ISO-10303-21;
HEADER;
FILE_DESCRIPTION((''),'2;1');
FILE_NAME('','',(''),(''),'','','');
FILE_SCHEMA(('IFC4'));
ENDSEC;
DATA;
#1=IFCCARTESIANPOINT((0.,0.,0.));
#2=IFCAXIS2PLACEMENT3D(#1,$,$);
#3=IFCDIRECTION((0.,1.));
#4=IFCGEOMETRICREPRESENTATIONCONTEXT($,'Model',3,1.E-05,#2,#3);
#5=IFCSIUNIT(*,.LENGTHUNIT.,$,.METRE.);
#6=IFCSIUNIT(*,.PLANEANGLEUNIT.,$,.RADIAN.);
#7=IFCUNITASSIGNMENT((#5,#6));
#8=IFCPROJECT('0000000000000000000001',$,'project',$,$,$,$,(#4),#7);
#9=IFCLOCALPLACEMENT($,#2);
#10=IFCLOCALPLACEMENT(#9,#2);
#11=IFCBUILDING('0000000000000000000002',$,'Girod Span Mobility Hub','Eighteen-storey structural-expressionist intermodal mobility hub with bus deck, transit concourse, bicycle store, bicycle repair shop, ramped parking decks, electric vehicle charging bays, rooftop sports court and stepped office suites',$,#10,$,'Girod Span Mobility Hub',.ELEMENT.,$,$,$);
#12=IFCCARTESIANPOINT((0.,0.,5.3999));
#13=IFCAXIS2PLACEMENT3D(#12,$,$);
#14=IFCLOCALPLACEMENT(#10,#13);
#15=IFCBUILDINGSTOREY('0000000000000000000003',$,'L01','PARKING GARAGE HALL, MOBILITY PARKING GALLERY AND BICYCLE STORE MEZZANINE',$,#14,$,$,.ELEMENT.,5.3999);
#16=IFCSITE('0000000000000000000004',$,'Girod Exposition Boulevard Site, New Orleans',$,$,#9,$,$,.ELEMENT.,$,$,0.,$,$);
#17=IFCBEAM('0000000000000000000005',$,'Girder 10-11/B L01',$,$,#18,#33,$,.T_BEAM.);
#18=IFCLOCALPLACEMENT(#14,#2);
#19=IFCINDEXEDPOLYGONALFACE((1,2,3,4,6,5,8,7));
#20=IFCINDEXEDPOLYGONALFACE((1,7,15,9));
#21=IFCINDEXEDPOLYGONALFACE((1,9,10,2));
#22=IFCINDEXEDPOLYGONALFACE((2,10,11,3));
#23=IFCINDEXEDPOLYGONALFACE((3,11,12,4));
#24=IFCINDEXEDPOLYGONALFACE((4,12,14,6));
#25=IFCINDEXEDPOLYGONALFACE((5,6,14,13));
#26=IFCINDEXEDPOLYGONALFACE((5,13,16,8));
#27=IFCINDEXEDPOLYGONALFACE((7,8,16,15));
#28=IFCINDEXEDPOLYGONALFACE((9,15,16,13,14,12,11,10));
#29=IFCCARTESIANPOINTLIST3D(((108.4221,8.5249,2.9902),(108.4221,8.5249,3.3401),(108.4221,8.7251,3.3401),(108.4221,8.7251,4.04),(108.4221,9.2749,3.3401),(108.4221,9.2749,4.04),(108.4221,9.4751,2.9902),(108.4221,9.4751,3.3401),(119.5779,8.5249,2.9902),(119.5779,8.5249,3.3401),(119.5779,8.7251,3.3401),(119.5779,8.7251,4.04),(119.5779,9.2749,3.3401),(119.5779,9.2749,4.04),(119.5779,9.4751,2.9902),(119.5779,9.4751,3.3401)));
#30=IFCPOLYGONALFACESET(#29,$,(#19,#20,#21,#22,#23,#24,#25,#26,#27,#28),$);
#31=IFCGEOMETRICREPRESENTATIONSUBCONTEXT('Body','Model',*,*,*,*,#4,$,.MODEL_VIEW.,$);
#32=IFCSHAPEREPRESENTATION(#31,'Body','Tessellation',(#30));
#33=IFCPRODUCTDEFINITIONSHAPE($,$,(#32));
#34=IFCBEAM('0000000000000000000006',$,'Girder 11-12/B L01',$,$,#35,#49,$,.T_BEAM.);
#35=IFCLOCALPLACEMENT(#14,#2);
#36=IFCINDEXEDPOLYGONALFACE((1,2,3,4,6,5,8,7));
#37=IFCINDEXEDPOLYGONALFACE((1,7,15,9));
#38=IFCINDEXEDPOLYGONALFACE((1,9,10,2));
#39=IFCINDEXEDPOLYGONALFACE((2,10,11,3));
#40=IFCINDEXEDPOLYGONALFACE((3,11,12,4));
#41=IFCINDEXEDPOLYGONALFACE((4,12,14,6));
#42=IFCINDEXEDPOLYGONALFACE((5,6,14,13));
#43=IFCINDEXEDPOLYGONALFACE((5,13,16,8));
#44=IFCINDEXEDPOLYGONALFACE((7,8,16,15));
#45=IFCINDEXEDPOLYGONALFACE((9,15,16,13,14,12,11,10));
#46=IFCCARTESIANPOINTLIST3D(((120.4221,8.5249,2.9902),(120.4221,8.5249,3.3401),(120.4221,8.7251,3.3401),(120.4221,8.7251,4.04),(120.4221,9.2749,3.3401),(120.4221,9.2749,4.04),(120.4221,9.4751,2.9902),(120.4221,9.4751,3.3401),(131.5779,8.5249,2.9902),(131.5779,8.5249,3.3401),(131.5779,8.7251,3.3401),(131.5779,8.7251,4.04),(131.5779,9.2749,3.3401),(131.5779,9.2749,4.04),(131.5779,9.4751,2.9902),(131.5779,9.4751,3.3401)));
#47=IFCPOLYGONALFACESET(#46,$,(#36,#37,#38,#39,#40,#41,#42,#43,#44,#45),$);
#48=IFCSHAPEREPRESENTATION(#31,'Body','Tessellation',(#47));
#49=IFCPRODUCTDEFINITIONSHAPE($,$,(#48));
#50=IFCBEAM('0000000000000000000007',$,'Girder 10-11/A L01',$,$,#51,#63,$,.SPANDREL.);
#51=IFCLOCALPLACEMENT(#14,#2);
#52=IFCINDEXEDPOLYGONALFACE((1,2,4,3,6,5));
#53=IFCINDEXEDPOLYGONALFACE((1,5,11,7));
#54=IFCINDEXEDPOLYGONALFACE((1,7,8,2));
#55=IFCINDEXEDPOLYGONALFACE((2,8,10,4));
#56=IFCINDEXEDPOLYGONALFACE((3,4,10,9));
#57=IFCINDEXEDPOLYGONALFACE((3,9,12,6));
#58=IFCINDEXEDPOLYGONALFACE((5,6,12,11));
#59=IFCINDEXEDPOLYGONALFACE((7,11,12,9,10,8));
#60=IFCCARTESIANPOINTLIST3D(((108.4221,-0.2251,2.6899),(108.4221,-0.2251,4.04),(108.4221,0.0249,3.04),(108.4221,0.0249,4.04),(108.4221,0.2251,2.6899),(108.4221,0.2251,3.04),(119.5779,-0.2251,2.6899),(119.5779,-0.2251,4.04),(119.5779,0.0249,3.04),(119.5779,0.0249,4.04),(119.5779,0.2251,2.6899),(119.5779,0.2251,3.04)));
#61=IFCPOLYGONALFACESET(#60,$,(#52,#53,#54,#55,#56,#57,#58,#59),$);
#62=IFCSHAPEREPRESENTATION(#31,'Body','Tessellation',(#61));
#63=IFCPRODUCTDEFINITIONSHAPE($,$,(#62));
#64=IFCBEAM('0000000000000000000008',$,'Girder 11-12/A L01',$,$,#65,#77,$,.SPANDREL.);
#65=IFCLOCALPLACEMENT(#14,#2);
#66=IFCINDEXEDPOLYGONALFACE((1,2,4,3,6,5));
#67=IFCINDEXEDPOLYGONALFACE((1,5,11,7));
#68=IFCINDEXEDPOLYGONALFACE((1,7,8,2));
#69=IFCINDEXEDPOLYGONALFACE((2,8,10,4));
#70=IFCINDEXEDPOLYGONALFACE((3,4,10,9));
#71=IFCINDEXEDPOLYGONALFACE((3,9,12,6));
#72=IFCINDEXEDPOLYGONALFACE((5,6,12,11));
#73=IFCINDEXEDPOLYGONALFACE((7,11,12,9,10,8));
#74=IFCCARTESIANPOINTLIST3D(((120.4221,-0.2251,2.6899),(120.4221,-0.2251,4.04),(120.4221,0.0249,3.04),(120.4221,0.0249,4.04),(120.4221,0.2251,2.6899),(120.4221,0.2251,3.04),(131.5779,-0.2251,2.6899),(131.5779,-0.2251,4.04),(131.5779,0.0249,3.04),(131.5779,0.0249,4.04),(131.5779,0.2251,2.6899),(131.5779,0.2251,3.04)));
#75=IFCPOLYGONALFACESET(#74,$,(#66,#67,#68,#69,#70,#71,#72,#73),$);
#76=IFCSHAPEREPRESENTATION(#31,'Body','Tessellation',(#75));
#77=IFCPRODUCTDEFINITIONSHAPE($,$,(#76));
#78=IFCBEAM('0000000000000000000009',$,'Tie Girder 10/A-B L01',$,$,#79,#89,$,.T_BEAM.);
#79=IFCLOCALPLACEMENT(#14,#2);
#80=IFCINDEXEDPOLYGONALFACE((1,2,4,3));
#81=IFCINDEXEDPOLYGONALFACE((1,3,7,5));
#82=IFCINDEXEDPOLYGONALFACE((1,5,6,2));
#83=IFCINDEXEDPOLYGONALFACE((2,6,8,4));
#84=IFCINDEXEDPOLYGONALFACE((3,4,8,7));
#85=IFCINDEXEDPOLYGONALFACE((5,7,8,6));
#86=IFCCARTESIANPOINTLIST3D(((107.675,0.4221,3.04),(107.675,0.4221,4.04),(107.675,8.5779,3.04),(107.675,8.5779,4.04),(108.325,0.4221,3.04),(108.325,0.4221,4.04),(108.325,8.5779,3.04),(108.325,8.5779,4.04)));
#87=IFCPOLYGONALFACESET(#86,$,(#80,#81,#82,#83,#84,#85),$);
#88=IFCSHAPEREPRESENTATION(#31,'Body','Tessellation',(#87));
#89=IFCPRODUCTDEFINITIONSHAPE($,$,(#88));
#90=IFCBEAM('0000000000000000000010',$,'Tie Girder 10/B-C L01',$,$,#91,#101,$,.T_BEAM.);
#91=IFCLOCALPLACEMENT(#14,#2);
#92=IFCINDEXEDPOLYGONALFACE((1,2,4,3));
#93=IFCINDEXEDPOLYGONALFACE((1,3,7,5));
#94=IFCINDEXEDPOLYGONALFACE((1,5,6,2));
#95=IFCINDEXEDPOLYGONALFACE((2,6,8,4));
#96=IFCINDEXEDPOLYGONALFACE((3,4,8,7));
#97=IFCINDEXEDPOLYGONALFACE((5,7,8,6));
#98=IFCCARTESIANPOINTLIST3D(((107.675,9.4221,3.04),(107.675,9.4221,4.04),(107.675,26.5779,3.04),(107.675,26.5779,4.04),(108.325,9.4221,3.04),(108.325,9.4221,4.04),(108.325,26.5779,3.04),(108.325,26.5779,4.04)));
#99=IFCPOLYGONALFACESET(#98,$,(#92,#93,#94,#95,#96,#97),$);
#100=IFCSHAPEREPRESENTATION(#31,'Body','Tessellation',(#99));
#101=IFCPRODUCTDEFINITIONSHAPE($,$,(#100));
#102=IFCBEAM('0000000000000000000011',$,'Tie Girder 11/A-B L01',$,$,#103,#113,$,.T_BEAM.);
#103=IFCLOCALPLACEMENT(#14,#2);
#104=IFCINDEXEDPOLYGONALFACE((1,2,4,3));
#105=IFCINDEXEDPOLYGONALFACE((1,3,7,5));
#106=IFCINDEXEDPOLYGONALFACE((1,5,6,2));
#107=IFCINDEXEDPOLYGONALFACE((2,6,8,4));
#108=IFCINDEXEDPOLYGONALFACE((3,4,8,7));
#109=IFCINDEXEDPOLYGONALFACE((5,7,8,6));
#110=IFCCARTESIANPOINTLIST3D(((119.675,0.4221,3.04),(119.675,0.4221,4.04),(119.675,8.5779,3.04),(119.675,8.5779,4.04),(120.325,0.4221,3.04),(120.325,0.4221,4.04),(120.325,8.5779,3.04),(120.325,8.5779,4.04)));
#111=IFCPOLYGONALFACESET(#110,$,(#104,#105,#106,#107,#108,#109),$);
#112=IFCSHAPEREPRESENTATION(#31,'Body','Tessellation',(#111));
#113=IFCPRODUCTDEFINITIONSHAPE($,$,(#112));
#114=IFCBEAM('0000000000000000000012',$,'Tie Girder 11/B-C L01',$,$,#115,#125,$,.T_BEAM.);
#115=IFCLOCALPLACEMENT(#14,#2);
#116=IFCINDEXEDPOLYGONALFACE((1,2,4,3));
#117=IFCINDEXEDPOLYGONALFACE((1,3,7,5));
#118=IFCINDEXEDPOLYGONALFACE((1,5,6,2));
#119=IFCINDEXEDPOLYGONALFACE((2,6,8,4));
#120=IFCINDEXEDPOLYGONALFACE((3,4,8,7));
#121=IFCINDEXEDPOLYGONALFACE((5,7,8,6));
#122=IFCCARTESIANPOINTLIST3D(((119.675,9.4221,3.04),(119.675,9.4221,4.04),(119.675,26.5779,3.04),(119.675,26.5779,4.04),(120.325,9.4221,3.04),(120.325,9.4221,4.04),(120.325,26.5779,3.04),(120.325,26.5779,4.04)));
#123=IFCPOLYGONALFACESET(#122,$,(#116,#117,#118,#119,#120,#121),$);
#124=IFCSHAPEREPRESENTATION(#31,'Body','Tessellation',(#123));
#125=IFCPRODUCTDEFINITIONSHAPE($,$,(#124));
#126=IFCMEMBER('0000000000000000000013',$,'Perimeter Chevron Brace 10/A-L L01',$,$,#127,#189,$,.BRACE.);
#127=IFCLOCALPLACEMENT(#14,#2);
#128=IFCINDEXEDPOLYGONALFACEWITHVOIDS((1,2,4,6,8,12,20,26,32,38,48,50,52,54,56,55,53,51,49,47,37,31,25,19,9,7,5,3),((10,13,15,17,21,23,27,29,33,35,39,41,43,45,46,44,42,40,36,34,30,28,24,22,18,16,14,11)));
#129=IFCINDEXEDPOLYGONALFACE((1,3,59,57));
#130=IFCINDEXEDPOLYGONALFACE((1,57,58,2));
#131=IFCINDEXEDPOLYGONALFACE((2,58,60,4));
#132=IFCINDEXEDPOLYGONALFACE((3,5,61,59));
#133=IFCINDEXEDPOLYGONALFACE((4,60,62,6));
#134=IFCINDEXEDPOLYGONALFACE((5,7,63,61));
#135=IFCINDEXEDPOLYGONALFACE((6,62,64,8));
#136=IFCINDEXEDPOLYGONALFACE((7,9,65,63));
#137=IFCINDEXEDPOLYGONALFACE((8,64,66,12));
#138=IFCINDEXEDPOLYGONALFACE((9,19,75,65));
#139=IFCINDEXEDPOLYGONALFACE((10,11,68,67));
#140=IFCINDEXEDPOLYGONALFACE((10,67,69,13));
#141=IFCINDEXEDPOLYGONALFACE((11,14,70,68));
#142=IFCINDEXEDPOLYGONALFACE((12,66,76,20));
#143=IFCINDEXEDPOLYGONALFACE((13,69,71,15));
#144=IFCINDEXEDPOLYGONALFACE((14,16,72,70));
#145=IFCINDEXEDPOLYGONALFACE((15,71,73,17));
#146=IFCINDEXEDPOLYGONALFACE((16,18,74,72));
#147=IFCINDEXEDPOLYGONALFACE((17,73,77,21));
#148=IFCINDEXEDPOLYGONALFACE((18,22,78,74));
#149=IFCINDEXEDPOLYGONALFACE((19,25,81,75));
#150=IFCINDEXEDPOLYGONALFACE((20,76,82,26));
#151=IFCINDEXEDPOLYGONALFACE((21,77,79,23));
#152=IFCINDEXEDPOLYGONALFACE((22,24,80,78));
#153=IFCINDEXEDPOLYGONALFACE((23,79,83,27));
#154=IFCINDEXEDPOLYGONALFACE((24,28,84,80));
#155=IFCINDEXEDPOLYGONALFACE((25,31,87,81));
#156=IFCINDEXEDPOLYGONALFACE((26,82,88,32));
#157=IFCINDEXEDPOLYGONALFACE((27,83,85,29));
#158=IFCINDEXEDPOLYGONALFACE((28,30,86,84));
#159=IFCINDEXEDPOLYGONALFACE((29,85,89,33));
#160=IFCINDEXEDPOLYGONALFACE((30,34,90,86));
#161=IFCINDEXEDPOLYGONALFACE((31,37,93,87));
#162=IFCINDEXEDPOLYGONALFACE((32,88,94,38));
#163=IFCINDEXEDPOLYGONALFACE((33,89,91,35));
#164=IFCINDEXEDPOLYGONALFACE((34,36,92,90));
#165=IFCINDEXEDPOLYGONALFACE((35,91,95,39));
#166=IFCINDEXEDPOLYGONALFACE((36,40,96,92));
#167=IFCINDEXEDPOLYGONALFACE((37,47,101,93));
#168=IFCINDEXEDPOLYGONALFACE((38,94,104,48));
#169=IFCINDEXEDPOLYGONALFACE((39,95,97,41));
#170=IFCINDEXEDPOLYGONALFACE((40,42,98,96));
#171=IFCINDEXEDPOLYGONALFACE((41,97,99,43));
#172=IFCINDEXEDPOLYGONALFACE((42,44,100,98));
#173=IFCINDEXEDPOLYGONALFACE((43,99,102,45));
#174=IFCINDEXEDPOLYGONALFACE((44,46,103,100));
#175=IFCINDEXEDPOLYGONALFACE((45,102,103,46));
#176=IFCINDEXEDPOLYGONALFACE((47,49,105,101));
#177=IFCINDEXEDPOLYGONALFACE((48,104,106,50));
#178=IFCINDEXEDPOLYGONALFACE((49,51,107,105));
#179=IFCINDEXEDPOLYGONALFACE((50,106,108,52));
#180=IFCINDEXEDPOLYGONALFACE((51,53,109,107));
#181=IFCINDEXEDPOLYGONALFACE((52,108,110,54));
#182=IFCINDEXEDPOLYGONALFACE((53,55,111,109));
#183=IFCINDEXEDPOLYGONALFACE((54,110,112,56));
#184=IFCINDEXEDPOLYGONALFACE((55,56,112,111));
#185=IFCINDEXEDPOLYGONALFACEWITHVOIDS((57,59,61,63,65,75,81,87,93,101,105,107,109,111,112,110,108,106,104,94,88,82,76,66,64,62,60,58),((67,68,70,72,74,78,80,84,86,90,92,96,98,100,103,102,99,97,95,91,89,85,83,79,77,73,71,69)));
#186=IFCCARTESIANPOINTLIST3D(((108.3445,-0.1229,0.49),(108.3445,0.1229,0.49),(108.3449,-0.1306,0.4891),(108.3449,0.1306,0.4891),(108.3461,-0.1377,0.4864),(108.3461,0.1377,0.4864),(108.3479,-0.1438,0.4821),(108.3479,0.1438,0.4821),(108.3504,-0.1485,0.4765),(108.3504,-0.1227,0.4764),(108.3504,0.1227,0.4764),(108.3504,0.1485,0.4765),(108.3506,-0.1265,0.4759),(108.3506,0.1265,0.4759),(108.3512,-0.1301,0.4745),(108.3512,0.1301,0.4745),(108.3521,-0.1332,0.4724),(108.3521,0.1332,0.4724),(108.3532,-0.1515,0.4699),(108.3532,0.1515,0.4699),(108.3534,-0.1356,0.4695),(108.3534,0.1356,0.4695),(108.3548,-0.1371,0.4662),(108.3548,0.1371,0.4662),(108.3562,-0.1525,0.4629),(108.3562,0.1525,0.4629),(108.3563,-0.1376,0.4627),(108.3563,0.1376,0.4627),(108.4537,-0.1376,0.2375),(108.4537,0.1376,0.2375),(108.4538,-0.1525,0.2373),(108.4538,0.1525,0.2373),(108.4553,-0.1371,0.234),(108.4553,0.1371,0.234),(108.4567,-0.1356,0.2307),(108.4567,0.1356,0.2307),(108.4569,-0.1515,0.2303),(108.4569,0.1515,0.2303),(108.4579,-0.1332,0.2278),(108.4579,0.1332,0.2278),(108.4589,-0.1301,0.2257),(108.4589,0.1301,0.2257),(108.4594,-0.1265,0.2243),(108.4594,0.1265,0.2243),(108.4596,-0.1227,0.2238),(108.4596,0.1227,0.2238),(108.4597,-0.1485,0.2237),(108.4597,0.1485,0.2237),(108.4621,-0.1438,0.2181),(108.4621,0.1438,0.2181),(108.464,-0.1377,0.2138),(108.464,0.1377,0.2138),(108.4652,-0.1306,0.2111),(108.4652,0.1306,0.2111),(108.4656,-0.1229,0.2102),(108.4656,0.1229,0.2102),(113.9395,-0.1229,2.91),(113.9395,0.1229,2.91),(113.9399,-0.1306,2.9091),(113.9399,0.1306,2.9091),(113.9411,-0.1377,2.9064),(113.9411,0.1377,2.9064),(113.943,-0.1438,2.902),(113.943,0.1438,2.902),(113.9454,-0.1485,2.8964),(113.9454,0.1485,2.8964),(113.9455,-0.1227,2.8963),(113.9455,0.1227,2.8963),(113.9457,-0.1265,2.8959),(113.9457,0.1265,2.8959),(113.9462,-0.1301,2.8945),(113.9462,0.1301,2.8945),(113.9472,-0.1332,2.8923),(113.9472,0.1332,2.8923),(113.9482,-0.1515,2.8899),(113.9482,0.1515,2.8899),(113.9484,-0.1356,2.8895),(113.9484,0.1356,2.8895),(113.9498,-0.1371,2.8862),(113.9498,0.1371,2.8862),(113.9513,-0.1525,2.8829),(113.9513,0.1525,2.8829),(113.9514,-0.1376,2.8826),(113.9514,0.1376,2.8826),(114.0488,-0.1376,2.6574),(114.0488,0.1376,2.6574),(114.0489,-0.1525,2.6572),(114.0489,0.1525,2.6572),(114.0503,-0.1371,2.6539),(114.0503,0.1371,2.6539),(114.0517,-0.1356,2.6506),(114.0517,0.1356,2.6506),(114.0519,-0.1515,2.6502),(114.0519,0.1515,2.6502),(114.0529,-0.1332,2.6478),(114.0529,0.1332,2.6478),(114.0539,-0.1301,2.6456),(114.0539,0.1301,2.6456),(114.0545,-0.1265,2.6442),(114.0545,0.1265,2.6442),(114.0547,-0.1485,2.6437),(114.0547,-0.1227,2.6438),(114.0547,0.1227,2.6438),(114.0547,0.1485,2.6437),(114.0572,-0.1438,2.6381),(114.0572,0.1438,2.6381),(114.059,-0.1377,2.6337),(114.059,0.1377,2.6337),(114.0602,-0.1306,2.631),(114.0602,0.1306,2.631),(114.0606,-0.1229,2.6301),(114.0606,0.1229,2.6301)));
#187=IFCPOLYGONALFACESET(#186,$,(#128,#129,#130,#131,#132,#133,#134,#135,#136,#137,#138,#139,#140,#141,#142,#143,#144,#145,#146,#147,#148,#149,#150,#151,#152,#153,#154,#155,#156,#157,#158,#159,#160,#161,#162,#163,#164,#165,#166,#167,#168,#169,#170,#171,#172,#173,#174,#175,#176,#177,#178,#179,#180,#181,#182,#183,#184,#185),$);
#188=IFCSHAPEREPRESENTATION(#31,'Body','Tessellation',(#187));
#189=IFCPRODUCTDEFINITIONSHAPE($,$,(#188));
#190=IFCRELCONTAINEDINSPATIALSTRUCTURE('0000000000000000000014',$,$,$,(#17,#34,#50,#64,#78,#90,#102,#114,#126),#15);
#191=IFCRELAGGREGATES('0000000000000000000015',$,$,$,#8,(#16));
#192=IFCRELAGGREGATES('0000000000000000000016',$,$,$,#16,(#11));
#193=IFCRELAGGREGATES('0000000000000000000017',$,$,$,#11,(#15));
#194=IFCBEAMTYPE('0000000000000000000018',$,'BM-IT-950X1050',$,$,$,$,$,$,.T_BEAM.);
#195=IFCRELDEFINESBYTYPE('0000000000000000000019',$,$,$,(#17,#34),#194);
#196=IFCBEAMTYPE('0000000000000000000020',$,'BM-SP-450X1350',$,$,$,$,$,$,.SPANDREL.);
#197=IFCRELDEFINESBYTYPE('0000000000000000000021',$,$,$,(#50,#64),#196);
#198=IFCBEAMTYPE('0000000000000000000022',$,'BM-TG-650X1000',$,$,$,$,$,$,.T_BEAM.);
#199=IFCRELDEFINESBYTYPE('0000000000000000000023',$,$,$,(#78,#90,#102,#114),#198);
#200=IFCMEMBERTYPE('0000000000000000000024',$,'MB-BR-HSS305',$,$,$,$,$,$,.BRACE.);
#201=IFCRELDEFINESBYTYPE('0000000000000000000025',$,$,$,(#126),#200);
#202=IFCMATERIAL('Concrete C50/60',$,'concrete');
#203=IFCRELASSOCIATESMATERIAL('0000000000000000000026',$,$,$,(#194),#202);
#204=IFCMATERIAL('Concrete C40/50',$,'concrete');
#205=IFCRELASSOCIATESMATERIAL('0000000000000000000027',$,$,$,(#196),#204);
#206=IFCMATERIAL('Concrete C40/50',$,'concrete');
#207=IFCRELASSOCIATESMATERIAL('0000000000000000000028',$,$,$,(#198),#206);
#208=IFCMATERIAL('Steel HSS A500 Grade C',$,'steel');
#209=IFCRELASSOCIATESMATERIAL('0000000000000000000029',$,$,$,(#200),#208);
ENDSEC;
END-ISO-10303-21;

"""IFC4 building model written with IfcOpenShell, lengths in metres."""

from ifc_helpers import new_model, si_unit, direction, frame, origin, origin_2d, place, context, subcontext, project, spatial, polyline, rectangle, hollow_rectangle, outline, extrude, material, material_profile, profile_set, type_object, element, save


model = new_model("IFC4")

# Units and contexts
model_context = context("Model", 3, precision=1e-05, world=origin(), true_north=direction((0.0, 1.0)))
body_context = subcontext(model_context, "Body", "Model", "MODEL_VIEW")
ifc_project = project(units=[si_unit("LENGTHUNIT", "METRE"), si_unit("PLANEANGLEUNIT", "RADIAN")], contexts=[model_context])

# Site, building, storey
site_placement = place(None, origin())
site = spatial("IfcSite", under=ifc_project, at=site_placement, Name="Girod Exposition Boulevard Site, New Orleans", CompositionType="ELEMENT", RefElevation=0.0)
building_placement = place(site_placement, origin())
building = spatial("IfcBuilding", under=site, at=building_placement, Name="Girod Span Mobility Hub", Description="Eighteen-storey structural-expressionist intermodal mobility hub with bus deck, transit concourse, bicycle store, bicycle repair shop, ramped parking decks, electric vehicle charging bays, rooftop sports court and stepped office suites", LongName="Girod Span Mobility Hub", CompositionType="ELEMENT")
storey_placement = place(building_placement, frame((0.0, 0.0, 5.3999)))
storey = spatial("IfcBuildingStorey", under=building, at=storey_placement, Name="L01", Description="PARKING GARAGE HALL, MOBILITY PARKING GALLERY AND BICYCLE STORE MEZZANINE", CompositionType="ELEMENT", Elevation=5.3999)

# Beams
ifc_material_1 = material(Name="Concrete C50/60", Category="concrete")
ifc_material_profile_1 = material_profile(ifc_material_1, outline(polyline([(-0.4751, -0.5249), (0.4751, -0.5249), (0.4751, -0.175), (0.2749, -0.175), (0.2749, 0.5249), (-0.2749, 0.5249), (-0.2749, -0.175), (-0.4751, -0.175), (-0.4751, -0.5249)])), Name="IT-950X1050")
ifc_profile_set_1 = profile_set([ifc_material_profile_1], Name="Concrete C50/60")
beam_type_1 = type_object("IfcBeamType", Name="BM-IT-950X1050", PredefinedType="T_BEAM", material=ifc_profile_set_1)
for number, where, z_axis, x_axis, name in (
    (1, (108.4221, 9.0, 3.5151), (1.0, 0.0, 0.0), (0.0, 1.0, 0.0), "Girder 10-11/B L01"),
    (2, (120.4221, 9.0, 3.5151), (1.0, 0.0, 0.0), (0.0, 1.0, 0.0), "Girder 11-12/B L01"),
):
    element("IfcBeam", number, at=place(storey_placement, frame(where, z_axis=z_axis, x_axis=x_axis)), inside=storey, type_object=beam_type_1, Name=name, PredefinedType="T_BEAM", context=body_context, shape_type="SweptSolid", body=[
        extrude(outline(polyline([(-0.4751, -0.5249), (0.4751, -0.5249), (0.4751, -0.175), (0.2749, -0.175), (0.2749, 0.5249), (-0.2749, 0.5249), (-0.2749, -0.175), (-0.4751, -0.175), (-0.4751, -0.5249)])), origin(), (0.0, 0.0, 1.0), 11.1558),
    ])
ifc_material_2 = material(Name="Concrete C40/50", Category="concrete")
ifc_material_profile_2 = material_profile(ifc_material_2, outline(polyline([(-0.2251, -0.675), (0.2251, -0.675), (0.2251, -0.325), (0.0249, -0.325), (0.0249, 0.675), (-0.2251, 0.675), (-0.2251, -0.675)])), Name="SP-450X1350")
ifc_profile_set_2 = profile_set([ifc_material_profile_2], Name="Concrete C40/50")
beam_type_2 = type_object("IfcBeamType", Name="BM-SP-450X1350", PredefinedType="SPANDREL", material=ifc_profile_set_2)
for number, where, z_axis, x_axis, name in (
    (3, (108.4221, 0.0, 3.365), (1.0, 0.0, 0.0), (0.0, 1.0, 0.0), "Girder 10-11/A L01"),
    (4, (120.4221, 0.0, 3.365), (1.0, 0.0, 0.0), (0.0, 1.0, 0.0), "Girder 11-12/A L01"),
):
    element("IfcBeam", number, at=place(storey_placement, frame(where, z_axis=z_axis, x_axis=x_axis)), inside=storey, type_object=beam_type_2, Name=name, PredefinedType="SPANDREL", context=body_context, shape_type="SweptSolid", body=[
        extrude(outline(polyline([(-0.2251, -0.675), (0.2251, -0.675), (0.2251, -0.325), (0.0249, -0.325), (0.0249, 0.675), (-0.2251, 0.675), (-0.2251, -0.675)])), origin(), (0.0, 0.0, 1.0), 11.1558),
    ])
ifc_material_3 = material(Name="Concrete C40/50", Category="concrete")
ifc_material_profile_3 = material_profile(ifc_material_3, rectangle(XDim=0.6499, YDim=1.0, at=origin_2d()), Name="TG-650X1000")
ifc_profile_set_3 = profile_set([ifc_material_profile_3], Name="Concrete C40/50")
beam_type_3 = type_object("IfcBeamType", Name="BM-TG-650X1000", PredefinedType="T_BEAM", material=ifc_profile_set_3)
beam_1_placement = place(storey_placement, frame((108.0, 0.4221, 3.54), z_axis=(0.0, 1.0, 0.0), x_axis=(-1.0, 0.0, 0.0)))
element("IfcBeam", 5, at=beam_1_placement, inside=storey, type_object=beam_type_3, Name="Tie Girder 10/A-B L01", PredefinedType="T_BEAM", context=body_context, shape_type="SweptSolid", body=[
    extrude(rectangle(XDim=0.6499, YDim=1.0, at=origin_2d()), origin(), (0.0, 0.0, 1.0), 8.1558),
])
beam_2_placement = place(storey_placement, frame((108.0, 9.4221, 3.54), z_axis=(0.0, 1.0, 0.0), x_axis=(-1.0, 0.0, 0.0)))
element("IfcBeam", 6, at=beam_2_placement, inside=storey, type_object=beam_type_3, Name="Tie Girder 10/B-C L01", PredefinedType="T_BEAM", context=body_context, shape_type="SweptSolid", body=[
    extrude(rectangle(XDim=0.6499, YDim=1.0, at=origin_2d()), origin(), (0.0, 0.0, 1.0), 17.1558),
])
beam_3_placement = place(storey_placement, frame((120.0, 0.4221, 3.54), z_axis=(0.0, 1.0, 0.0), x_axis=(-1.0, 0.0, 0.0)))
element("IfcBeam", 7, at=beam_3_placement, inside=storey, type_object=beam_type_3, Name="Tie Girder 11/A-B L01", PredefinedType="T_BEAM", context=body_context, shape_type="SweptSolid", body=[
    extrude(rectangle(XDim=0.6499, YDim=1.0, at=origin_2d()), origin(), (0.0, 0.0, 1.0), 8.1558),
])
beam_4_placement = place(storey_placement, frame((120.0, 9.4221, 3.54), z_axis=(0.0, 1.0, 0.0), x_axis=(-1.0, 0.0, 0.0)))
element("IfcBeam", 8, at=beam_4_placement, inside=storey, type_object=beam_type_3, Name="Tie Girder 11/B-C L01", PredefinedType="T_BEAM", context=body_context, shape_type="SweptSolid", body=[
    extrude(rectangle(XDim=0.6499, YDim=1.0, at=origin_2d()), origin(), (0.0, 0.0, 1.0), 17.1558),
])

# Member
ifc_material_4 = material(Name="Steel HSS A500 Grade C", Category="steel")
ifc_material_profile_4 = material_profile(ifc_material_4, hollow_rectangle(XDim=0.3049, YDim=0.3049, WallThickness=0.0149, InnerFilletRadius=0.0149, OuterFilletRadius=0.0295, at=origin_2d()), Name="HSS305X305X16")
ifc_profile_set_4 = profile_set([ifc_material_profile_4], Name="Steel HSS A500 Grade C")
member_type = type_object("IfcMemberType", Name="MB-BR-HSS305", PredefinedType="BRACE", material=ifc_profile_set_4)
for number, where, z_axis, x_axis, name in (
    (9, (108.405, 0.0, 0.3501), (0.917829, 0.0, 0.396977), (0.0, 1.0, 0.0), "Perimeter Chevron Brace 10/A-L L01"),
):
    element("IfcMember", number, at=place(storey_placement, frame(where, z_axis=z_axis, x_axis=x_axis)), inside=storey, type_object=member_type, Name=name, PredefinedType="BRACE", context=body_context, shape_type="SweptSolid", body=[
        extrude(hollow_rectangle(XDim=0.3049, YDim=0.3049, WallThickness=0.0149, InnerFilletRadius=0.0149, OuterFilletRadius=0.0295, at=origin_2d()), origin(), (0.0, 0.0, 1.0), 6.0959),
    ])

save(model, "model.ifc")
